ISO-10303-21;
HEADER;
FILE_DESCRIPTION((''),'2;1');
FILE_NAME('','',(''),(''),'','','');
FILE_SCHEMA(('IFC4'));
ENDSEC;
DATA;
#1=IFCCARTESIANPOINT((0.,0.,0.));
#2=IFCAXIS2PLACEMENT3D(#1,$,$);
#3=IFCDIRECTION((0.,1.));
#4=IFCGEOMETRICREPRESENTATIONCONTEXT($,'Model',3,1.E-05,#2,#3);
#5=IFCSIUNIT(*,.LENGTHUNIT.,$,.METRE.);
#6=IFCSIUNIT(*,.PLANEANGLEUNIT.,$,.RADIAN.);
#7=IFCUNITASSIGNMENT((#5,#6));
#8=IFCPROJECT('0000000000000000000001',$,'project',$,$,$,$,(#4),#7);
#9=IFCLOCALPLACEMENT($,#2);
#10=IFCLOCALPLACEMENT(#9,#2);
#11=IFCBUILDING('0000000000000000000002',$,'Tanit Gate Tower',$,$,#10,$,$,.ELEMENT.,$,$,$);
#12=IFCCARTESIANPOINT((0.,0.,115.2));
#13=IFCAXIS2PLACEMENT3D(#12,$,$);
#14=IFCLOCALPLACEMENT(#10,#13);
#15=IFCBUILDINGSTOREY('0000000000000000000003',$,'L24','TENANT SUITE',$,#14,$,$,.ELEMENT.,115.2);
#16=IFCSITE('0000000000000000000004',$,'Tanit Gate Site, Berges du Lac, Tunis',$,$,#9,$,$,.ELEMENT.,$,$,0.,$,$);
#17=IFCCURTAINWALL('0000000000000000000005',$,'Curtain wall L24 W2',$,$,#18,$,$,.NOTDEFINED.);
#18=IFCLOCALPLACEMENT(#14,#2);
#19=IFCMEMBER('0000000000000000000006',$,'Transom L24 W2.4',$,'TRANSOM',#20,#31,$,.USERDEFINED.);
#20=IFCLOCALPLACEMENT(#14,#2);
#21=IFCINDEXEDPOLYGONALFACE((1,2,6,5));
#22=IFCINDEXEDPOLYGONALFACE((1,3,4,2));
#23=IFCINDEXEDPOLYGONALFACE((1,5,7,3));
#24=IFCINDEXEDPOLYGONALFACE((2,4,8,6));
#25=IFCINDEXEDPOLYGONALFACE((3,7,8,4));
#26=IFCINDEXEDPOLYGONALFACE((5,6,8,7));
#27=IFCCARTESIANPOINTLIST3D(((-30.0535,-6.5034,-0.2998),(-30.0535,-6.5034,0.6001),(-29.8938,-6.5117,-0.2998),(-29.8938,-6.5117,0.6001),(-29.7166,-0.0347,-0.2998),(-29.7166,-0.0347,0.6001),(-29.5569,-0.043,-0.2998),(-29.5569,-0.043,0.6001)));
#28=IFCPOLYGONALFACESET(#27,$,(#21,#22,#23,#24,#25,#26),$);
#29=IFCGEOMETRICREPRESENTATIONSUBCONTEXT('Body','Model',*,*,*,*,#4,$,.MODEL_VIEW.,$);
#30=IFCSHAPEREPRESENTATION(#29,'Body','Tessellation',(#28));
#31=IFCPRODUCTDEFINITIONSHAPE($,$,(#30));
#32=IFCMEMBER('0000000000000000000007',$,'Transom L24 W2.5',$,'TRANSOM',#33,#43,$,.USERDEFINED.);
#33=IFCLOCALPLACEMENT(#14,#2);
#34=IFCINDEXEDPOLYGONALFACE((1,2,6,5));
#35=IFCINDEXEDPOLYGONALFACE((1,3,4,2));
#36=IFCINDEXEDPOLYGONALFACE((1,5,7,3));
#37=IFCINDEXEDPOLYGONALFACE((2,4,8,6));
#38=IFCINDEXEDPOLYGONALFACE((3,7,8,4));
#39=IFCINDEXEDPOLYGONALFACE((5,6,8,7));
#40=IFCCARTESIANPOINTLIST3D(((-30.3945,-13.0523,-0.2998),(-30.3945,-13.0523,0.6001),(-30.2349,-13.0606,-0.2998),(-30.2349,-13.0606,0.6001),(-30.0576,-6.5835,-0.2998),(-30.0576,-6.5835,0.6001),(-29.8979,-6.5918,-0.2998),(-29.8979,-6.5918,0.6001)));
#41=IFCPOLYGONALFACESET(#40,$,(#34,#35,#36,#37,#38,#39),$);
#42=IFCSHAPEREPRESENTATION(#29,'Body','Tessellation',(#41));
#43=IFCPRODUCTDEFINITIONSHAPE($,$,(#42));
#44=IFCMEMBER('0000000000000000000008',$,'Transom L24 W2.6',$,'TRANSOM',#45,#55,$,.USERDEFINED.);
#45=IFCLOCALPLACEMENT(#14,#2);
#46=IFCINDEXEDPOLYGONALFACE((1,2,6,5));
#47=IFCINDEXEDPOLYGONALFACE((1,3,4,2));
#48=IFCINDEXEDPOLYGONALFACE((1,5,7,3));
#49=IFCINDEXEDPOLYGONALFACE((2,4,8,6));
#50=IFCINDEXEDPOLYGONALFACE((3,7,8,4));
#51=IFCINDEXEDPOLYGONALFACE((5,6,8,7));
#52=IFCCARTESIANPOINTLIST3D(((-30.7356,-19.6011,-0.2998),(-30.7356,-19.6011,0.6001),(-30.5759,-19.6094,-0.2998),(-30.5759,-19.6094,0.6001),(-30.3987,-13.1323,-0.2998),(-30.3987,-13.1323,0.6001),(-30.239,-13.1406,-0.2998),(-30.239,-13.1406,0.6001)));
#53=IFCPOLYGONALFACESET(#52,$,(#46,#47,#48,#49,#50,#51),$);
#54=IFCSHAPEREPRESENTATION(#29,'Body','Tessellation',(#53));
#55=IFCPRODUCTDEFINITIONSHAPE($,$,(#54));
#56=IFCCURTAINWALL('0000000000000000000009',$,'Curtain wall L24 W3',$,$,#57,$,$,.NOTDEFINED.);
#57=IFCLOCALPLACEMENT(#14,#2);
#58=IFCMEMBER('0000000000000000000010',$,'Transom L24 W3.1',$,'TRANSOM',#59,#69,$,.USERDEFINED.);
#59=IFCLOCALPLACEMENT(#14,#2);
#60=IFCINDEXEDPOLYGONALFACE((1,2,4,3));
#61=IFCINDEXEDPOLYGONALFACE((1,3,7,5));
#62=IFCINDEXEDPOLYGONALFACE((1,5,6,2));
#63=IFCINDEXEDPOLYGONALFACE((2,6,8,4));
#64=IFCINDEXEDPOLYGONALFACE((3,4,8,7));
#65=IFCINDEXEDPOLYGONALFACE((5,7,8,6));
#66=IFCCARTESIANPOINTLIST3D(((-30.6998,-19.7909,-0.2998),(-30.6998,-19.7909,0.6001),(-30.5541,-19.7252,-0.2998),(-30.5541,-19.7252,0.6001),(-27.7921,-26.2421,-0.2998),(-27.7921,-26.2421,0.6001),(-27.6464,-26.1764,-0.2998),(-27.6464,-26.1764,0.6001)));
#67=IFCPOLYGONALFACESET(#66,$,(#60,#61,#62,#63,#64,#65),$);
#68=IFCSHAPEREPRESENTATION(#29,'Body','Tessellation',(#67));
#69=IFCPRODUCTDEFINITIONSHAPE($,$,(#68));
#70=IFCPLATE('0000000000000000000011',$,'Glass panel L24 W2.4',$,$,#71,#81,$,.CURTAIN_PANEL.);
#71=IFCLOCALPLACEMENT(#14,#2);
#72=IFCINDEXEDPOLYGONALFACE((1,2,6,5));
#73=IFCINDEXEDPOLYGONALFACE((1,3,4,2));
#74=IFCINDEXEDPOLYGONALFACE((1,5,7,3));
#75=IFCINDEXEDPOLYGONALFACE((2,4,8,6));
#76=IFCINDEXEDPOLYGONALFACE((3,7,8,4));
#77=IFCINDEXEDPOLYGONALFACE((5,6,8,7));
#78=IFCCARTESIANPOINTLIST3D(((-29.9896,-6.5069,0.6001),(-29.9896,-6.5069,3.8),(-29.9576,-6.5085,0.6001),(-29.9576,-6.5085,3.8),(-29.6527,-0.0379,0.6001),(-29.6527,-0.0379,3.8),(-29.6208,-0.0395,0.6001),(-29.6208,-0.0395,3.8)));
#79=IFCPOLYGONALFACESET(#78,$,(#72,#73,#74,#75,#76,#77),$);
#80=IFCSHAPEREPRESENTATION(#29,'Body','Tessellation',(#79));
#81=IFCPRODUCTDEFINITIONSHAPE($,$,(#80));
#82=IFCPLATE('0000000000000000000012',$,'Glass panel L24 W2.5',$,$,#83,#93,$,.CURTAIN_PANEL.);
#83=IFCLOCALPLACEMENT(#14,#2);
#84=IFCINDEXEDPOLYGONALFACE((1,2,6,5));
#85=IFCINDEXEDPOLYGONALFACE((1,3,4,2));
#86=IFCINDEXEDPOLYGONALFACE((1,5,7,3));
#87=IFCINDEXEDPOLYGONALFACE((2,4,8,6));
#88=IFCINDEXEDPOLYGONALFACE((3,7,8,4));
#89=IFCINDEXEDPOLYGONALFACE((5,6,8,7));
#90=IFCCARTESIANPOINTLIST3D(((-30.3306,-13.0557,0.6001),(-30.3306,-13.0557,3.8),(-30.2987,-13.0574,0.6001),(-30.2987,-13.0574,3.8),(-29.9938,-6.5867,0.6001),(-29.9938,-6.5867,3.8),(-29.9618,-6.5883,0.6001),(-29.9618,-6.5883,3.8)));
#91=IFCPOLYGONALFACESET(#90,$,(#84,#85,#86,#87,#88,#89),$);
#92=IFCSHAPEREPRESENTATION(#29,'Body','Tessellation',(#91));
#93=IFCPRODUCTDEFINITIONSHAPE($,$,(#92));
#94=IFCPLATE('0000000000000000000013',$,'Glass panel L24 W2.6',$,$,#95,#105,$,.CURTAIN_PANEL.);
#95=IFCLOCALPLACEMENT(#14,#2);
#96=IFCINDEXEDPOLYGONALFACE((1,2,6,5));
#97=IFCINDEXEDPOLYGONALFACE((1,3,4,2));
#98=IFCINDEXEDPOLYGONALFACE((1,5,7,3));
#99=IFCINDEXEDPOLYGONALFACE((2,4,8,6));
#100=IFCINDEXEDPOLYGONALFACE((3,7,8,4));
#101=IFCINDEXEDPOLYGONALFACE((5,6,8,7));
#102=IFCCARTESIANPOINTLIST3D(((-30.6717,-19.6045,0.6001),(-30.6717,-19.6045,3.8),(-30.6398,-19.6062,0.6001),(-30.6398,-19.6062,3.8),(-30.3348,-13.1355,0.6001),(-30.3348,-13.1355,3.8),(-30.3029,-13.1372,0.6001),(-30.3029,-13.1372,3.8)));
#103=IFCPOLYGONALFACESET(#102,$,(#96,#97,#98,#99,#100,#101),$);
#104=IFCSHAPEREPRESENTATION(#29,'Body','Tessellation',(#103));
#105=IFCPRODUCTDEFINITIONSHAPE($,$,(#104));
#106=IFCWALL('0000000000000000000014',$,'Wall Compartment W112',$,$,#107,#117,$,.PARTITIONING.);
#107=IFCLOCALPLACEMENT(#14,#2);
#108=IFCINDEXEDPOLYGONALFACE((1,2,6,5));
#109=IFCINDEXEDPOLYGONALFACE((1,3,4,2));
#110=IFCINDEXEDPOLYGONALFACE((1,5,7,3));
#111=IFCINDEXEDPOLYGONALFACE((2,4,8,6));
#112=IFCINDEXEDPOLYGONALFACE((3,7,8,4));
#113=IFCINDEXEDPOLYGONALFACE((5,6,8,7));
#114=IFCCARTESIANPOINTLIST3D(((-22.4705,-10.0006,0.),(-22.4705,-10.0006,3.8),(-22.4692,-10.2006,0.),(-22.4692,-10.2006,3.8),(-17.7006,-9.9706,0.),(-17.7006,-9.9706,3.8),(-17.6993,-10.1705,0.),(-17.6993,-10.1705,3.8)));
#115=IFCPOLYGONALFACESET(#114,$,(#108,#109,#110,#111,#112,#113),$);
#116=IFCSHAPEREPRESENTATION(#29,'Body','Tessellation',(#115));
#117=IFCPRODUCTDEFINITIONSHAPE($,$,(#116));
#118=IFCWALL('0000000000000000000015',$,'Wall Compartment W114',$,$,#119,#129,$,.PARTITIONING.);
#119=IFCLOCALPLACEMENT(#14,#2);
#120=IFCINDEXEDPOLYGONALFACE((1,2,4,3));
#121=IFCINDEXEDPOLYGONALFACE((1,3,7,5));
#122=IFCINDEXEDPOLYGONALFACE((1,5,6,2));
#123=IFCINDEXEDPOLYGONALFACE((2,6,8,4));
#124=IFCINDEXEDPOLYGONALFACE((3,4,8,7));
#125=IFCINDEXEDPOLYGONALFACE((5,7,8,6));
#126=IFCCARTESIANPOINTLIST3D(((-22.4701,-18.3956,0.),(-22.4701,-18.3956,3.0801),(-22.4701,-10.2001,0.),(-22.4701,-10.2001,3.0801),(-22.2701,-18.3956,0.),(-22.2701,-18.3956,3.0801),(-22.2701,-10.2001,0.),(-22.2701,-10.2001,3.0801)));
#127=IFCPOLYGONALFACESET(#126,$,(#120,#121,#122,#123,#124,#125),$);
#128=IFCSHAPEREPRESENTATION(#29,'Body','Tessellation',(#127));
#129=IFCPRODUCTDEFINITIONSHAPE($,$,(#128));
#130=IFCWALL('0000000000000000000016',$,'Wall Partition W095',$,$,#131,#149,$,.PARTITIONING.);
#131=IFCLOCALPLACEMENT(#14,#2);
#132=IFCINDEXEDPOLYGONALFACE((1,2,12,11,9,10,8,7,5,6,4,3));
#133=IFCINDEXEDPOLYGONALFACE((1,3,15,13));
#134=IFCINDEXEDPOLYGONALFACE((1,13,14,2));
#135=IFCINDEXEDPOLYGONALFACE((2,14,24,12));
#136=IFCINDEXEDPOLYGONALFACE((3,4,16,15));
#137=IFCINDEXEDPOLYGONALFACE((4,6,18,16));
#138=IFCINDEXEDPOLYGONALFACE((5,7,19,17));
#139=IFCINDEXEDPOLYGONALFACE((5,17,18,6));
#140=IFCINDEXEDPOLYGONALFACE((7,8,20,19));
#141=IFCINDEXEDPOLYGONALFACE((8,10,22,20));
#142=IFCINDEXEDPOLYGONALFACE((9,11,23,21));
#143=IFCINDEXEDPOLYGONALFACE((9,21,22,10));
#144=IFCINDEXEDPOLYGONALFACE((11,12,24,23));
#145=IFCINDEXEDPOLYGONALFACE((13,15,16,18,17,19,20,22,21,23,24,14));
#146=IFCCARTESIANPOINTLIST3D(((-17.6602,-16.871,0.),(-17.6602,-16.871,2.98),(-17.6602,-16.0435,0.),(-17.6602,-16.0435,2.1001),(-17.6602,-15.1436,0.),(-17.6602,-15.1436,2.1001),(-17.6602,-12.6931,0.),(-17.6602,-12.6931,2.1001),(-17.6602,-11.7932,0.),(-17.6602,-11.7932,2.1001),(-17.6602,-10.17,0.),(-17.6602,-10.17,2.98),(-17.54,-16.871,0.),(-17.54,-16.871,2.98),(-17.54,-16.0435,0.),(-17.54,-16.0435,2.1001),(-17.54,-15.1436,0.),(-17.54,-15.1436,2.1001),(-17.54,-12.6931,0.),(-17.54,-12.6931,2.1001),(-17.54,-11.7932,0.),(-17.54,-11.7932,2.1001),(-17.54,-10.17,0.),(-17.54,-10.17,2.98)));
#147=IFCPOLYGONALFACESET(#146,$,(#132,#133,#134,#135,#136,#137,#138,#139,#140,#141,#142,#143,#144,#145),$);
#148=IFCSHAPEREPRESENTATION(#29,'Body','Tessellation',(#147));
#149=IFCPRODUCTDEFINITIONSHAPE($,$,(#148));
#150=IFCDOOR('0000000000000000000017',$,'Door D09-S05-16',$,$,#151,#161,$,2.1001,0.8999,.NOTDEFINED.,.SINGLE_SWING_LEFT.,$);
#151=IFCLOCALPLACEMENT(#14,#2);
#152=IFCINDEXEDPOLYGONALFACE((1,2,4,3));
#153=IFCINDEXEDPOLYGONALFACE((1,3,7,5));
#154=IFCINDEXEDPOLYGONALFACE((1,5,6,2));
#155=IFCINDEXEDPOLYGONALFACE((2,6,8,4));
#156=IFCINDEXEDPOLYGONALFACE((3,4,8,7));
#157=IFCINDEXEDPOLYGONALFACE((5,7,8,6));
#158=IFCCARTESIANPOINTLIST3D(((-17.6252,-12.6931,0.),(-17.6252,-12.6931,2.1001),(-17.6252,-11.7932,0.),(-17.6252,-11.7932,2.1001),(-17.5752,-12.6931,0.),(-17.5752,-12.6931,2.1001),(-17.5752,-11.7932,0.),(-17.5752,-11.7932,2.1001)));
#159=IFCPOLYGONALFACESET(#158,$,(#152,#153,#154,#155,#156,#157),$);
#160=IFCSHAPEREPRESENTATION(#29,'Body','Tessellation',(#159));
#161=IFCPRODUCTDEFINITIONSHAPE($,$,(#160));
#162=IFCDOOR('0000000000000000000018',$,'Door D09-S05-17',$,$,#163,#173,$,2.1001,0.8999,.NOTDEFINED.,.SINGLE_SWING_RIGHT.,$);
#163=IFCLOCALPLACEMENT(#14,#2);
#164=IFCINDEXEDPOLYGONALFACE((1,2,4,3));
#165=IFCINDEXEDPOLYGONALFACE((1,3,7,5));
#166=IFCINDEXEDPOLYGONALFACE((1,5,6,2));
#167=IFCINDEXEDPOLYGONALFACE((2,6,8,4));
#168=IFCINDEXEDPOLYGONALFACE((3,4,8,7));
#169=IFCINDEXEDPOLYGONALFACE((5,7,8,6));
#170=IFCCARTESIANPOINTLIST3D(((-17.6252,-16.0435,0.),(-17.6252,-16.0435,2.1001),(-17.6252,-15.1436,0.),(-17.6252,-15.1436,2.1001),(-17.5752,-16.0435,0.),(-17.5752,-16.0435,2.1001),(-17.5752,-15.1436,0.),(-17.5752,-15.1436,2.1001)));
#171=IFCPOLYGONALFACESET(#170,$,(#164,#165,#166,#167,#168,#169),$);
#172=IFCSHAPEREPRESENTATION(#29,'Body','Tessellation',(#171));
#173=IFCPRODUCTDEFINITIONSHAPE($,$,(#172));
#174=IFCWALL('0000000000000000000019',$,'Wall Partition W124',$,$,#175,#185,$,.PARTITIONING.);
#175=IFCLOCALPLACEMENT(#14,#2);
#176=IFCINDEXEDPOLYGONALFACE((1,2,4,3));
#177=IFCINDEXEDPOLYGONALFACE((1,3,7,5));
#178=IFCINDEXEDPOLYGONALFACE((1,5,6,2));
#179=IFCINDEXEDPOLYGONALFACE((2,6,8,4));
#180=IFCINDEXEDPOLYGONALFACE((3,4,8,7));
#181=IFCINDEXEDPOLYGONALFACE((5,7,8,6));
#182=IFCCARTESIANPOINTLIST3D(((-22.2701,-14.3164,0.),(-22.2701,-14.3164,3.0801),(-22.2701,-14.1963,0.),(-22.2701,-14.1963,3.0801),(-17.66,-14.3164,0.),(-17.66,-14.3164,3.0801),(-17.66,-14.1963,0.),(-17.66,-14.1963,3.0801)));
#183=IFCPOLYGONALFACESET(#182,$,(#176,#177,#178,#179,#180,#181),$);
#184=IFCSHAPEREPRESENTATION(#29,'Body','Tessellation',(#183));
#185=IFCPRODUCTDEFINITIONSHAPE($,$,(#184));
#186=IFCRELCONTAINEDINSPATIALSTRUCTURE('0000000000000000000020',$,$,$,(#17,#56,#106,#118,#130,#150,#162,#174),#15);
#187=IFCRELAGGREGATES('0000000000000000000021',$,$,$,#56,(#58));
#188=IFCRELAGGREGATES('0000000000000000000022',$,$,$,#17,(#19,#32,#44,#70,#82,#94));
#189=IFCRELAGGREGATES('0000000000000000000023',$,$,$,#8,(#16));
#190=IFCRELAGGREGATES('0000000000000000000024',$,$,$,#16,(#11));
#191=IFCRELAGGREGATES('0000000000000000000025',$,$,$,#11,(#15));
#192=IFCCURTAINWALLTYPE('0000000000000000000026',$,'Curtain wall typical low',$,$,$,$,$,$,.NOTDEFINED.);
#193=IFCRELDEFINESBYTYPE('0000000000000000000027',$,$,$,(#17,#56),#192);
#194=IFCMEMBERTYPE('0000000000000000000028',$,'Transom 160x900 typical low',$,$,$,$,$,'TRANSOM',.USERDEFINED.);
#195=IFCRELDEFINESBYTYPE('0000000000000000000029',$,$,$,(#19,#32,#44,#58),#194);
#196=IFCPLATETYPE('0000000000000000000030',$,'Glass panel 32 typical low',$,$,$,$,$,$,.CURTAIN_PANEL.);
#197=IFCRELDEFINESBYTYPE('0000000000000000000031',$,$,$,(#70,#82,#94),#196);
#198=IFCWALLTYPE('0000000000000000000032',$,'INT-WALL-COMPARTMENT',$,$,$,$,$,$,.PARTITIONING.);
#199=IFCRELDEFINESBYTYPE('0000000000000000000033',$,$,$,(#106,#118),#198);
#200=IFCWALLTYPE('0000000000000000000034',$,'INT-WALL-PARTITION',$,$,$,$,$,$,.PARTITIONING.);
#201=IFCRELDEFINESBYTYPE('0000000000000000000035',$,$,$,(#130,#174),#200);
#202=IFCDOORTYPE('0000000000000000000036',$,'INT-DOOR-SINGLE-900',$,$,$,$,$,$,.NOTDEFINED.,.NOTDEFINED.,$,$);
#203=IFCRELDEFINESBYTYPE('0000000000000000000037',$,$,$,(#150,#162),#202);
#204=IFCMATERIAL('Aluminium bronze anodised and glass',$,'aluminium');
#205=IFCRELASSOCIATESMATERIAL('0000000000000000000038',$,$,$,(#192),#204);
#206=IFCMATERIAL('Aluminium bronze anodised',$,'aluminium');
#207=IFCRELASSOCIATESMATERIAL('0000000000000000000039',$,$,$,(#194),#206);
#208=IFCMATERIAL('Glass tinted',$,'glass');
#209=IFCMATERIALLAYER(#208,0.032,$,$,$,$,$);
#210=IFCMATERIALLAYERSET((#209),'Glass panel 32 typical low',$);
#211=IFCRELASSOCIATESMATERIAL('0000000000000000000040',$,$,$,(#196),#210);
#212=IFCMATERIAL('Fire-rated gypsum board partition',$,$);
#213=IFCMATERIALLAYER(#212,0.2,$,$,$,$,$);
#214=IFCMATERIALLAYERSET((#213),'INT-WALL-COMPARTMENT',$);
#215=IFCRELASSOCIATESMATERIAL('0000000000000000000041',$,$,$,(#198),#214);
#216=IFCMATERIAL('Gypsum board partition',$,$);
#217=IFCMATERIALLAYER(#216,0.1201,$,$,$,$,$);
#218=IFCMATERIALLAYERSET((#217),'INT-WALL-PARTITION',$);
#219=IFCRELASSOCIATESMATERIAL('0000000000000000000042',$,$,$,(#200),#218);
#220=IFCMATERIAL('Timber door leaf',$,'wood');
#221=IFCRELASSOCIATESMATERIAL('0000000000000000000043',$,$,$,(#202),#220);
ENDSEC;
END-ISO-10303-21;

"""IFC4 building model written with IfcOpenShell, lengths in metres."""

from ifc_helpers import new_model, si_unit, direction, frame, frame_2d, origin, origin_2d, place, context, subcontext, project, spatial, rectangle, extrude, material, layer, layer_set, material_profile, profile_set, type_object, element, fill, aggregate, save


model = new_model("IFC4")

# Units and contexts
model_context = context("Model", 3, precision=1e-05, world=origin(), true_north=direction((0.0, 1.0)))
body_context = subcontext(model_context, "Body", "Model", "MODEL_VIEW")
ifc_project = project(units=[si_unit("LENGTHUNIT", "METRE"), si_unit("PLANEANGLEUNIT", "RADIAN")], contexts=[model_context])

# Site, building, storey
site_placement = place(None, origin())
site = spatial("IfcSite", under=ifc_project, at=site_placement, Name="Tanit Gate Site, Berges du Lac, Tunis", CompositionType="ELEMENT", RefElevation=0.0)
building_placement = place(site_placement, origin())
building = spatial("IfcBuilding", under=site, at=building_placement, Name="Tanit Gate Tower", CompositionType="ELEMENT")
storey_placement = place(building_placement, frame((0.0, 0.0, 115.2)))
storey = spatial("IfcBuildingStorey", under=building, at=storey_placement, Name="L24", Description="TENANT SUITE", CompositionType="ELEMENT", Elevation=115.2)

# Curtain wall
ifc_material_1 = material(Name="Aluminium bronze anodised and glass", Category="aluminium")
curtain_wall_type = type_object("IfcCurtainWallType", Name="Curtain wall typical low", PredefinedType="NOTDEFINED", material=ifc_material_1)
curtain_wall_1_placement = place(storey_placement, origin())
curtain_wall_1 = element("IfcCurtainWall", 1, at=curtain_wall_1_placement, inside=storey, type_object=curtain_wall_type, Name="Curtain wall L24 W2", PredefinedType="NOTDEFINED")

# Members
ifc_material_2 = material(Name="Aluminium bronze anodised", Category="aluminium")
ifc_material_profile_1 = material_profile(ifc_material_2, rectangle(XDim=0.1599, YDim=0.8999, at=origin_2d()), Name="160x900 bronze transom")
ifc_profile_set_1 = profile_set([ifc_material_profile_1], Name="Aluminium bronze anodised")
member_type_1 = type_object("IfcMemberType", Name="Transom 160x900 typical low", ElementType="TRANSOM", PredefinedType="USERDEFINED", material=ifc_profile_set_1)
member_1_placement = place(storey_placement, frame((-29.6367, -0.0388, 0.1501), z_axis=(-0.052013, -0.998646, 0.0), x_axis=(0.998646, -0.052013, 0.0)))
member_1 = element("IfcMember", 2, at=member_1_placement, type_object=member_type_1, Name="Transom L24 W2.4", ObjectType="TRANSOM", PredefinedType="USERDEFINED", context=body_context, shape_type="SweptSolid", body=[
    extrude(rectangle(XDim=0.1599, YDim=0.8999, at=origin_2d()), origin(), (0.0, 0.0, 1.0), 6.4775),
])
member_2_placement = place(storey_placement, frame((-29.9778, -6.5876, 0.1501), z_axis=(-0.052013, -0.998646, 0.0), x_axis=(0.998646, -0.052013, 0.0)))
member_2 = element("IfcMember", 3, at=member_2_placement, type_object=member_type_1, Name="Transom L24 W2.5", ObjectType="TRANSOM", PredefinedType="USERDEFINED", context=body_context, shape_type="SweptSolid", body=[
    extrude(rectangle(XDim=0.1599, YDim=0.8999, at=origin_2d()), origin(), (0.0, 0.0, 1.0), 6.4775),
])
member_3_placement = place(storey_placement, frame((-30.3188, -13.1365, 0.1501), z_axis=(-0.052013, -0.998646, 0.0), x_axis=(0.998646, -0.052013, 0.0)))
member_3 = element("IfcMember", 4, at=member_3_placement, type_object=member_type_1, Name="Transom L24 W2.6", ObjectType="TRANSOM", PredefinedType="USERDEFINED", context=body_context, shape_type="SweptSolid", body=[
    extrude(rectangle(XDim=0.1599, YDim=0.8999, at=origin_2d()), origin(), (0.0, 0.0, 1.0), 6.4775),
])

# Curtain wall, member
curtain_wall_2_placement = place(storey_placement, origin())
curtain_wall_2 = element("IfcCurtainWall", 5, at=curtain_wall_2_placement, inside=storey, type_object=curtain_wall_type, Name="Curtain wall L24 W3", PredefinedType="NOTDEFINED")
member_4_placement = place(storey_placement, frame((-30.627, -19.7581, 0.1501), z_axis=(0.410915, -0.911673, 0.0), x_axis=(0.911673, 0.410915, 0.0)))
member_4 = element("IfcMember", 6, at=member_4_placement, type_object=member_type_1, Name="Transom L24 W3.1", ObjectType="TRANSOM", PredefinedType="USERDEFINED", context=body_context, shape_type="SweptSolid", body=[
    extrude(rectangle(XDim=0.1599, YDim=0.8999, at=origin_2d()), origin(), (0.0, 0.0, 1.0), 7.0762),
])
aggregate(curtain_wall_2, [member_4])

# Plates
ifc_material_3 = material(Name="Glass tinted", Category="glass")
ifc_layer_1 = layer(ifc_material_3, 0.032)
ifc_layer_set_1 = layer_set([ifc_layer_1], Name="Glass panel 32 typical low")
plate_type = type_object("IfcPlateType", Name="Glass panel 32 typical low", PredefinedType="CURTAIN_PANEL", material=ifc_layer_set_1)
plate_1_placement = place(storey_placement, frame((-29.8052, -3.2732, 0.6001), z_axis=(0.0, 0.0, 1.0), x_axis=(-0.052003, -0.998647, 0.0)))
plate_1 = element("IfcPlate", 7, at=plate_1_placement, type_object=plate_type, Name="Glass panel L24 W2.4", PredefinedType="CURTAIN_PANEL", context=body_context, shape_type="SweptSolid", body=[
    extrude(rectangle(XDim=6.4778, YDim=0.032, at=origin_2d()), origin(), (0.0, 0.0, 1.0), 3.2),
])
plate_2_placement = place(storey_placement, frame((-30.1462, -9.822, 0.6001), z_axis=(0.0, 0.0, 1.0), x_axis=(-0.052003, -0.998647, 0.0)))
plate_2 = element("IfcPlate", 8, at=plate_2_placement, type_object=plate_type, Name="Glass panel L24 W2.5", PredefinedType="CURTAIN_PANEL", context=body_context, shape_type="SweptSolid", body=[
    extrude(rectangle(XDim=6.4778, YDim=0.032, at=origin_2d()), origin(), (0.0, 0.0, 1.0), 3.2),
])
plate_3_placement = place(storey_placement, frame((-30.4873, -16.3708, 0.6001), z_axis=(0.0, 0.0, 1.0), x_axis=(-0.052003, -0.998647, 0.0)))
plate_3 = element("IfcPlate", 9, at=plate_3_placement, type_object=plate_type, Name="Glass panel L24 W2.6", PredefinedType="CURTAIN_PANEL", context=body_context, shape_type="SweptSolid", body=[
    extrude(rectangle(XDim=6.4778, YDim=0.032, at=origin_2d()), origin(), (0.0, 0.0, 1.0), 3.2),
])
aggregate(curtain_wall_1, [member_1, member_2, member_3, plate_1, plate_2, plate_3])

# Walls
ifc_material_4 = material(Name="Fire-rated gypsum board partition")
ifc_layer_2 = layer(ifc_material_4, 0.2)
ifc_layer_set_2 = layer_set([ifc_layer_2], Name="INT-WALL-COMPARTMENT")
wall_type_1 = type_object("IfcWallType", Name="INT-WALL-COMPARTMENT", PredefinedType="PARTITIONING", material=ifc_layer_set_2)
wall_1_placement = place(storey_placement, frame((-17.7, -10.0706, 0.0), z_axis=(0.0, 0.0, 1.0), x_axis=(-0.99998, -0.006295, 0.0)))
element("IfcWall", 10, at=wall_1_placement, inside=storey, type_object=wall_type_1, Name="Wall Compartment W112", PredefinedType="PARTITIONING", context=body_context, shape_type="SweptSolid", body=[
    extrude(rectangle(XDim=4.77, YDim=0.2, at=frame_2d((2.385, 0.0))), origin(), (0.0, 0.0, 1.0), 3.8),
])
wall_2_placement = place(storey_placement, frame((-22.3701, -18.3955, 0.0), z_axis=(0.0, 0.0, 1.0), x_axis=(0.0, 1.0, 0.0)))
element("IfcWall", 11, at=wall_2_placement, inside=storey, type_object=wall_type_1, Name="Wall Compartment W114", PredefinedType="PARTITIONING", context=body_context, shape_type="SweptSolid", body=[
    extrude(rectangle(XDim=8.1956, YDim=0.2, at=frame_2d((4.0977, 0.0))), origin(), (0.0, 0.0, 1.0), 3.0801),
])

# Wall, openings, doors
ifc_material_5 = material(Name="Gypsum board partition")
ifc_layer_3 = layer(ifc_material_5, 0.1201)
ifc_layer_set_3 = layer_set([ifc_layer_3], Name="INT-WALL-PARTITION")
wall_type_2 = type_object("IfcWallType", Name="INT-WALL-PARTITION", PredefinedType="PARTITIONING", material=ifc_layer_set_3)
wall_3_placement = place(storey_placement, frame((-17.6001, -10.1699, 0.0), z_axis=(0.0, 0.0, 1.0), x_axis=(0.0, -1.0, 0.0)))
wall_3 = element("IfcWall", 12, at=wall_3_placement, inside=storey, type_object=wall_type_2, Name="Wall Partition W095", PredefinedType="PARTITIONING", context=body_context, shape_type="SweptSolid", body=[
    extrude(rectangle(XDim=6.7009, YDim=0.1201, at=frame_2d((3.3506, 0.0))), origin(), (0.0, 0.0, 1.0), 2.98),
])
opening_1_placement = place(wall_3_placement, frame((1.6233, 0.0, 0.0)))
opening_1 = element("IfcOpeningElement", 13, at=opening_1_placement, cuts=wall_3, PredefinedType="OPENING", context=body_context, shape_type="SweptSolid", body=[
    extrude(rectangle(XDim=0.8999, YDim=2.1001, at=frame_2d((0.45, 1.05))), frame((0.0, 0.0701, 0.0), z_axis=(0.0, -1.0, 0.0), x_axis=(1.0, 0.0, 0.0)), (0.0, 0.0, 1.0), 0.1401),
])
opening_2_placement = place(wall_3_placement, frame((4.9736, 0.0, 0.0)))
opening_2 = element("IfcOpeningElement", 14, at=opening_2_placement, cuts=wall_3, PredefinedType="OPENING", context=body_context, shape_type="SweptSolid", body=[
    extrude(rectangle(XDim=0.8999, YDim=2.1001, at=frame_2d((0.45, 1.05))), frame((0.0, 0.0701, 0.0), z_axis=(0.0, -1.0, 0.0), x_axis=(1.0, 0.0, 0.0)), (0.0, 0.0, 1.0), 0.1401),
])
ifc_material_6 = material(Name="Timber door leaf", Category="wood")
door_type = type_object("IfcDoorType", Name="INT-DOOR-SINGLE-900", OperationType="NOTDEFINED", PredefinedType="NOTDEFINED", material=ifc_material_6)
door_1_placement = place(opening_1_placement, origin())
door_1 = element("IfcDoor", 15, at=door_1_placement, inside=storey, type_object=door_type, Name="Door D09-S05-16", OperationType="SINGLE_SWING_LEFT", OverallHeight=2.1001, OverallWidth=0.8999, PredefinedType="NOTDEFINED", context=body_context, shape_type="SweptSolid", body=[
    extrude(rectangle(XDim=0.8999, YDim=2.1001, at=frame_2d((0.45, 1.05))), frame((0.0, 0.0249, 0.0), z_axis=(0.0, -1.0, 0.0), x_axis=(1.0, 0.0, 0.0)), (0.0, 0.0, 1.0), 0.05),
])
fill(opening_1, door_1)
door_2_placement = place(opening_2_placement, origin())
door_2 = element("IfcDoor", 16, at=door_2_placement, inside=storey, type_object=door_type, Name="Door D09-S05-17", OperationType="SINGLE_SWING_RIGHT", OverallHeight=2.1001, OverallWidth=0.8999, PredefinedType="NOTDEFINED", context=body_context, shape_type="SweptSolid", body=[
    extrude(rectangle(XDim=0.8999, YDim=2.1001, at=frame_2d((0.45, 1.05))), frame((0.0, 0.0249, 0.0), z_axis=(0.0, -1.0, 0.0), x_axis=(1.0, 0.0, 0.0)), (0.0, 0.0, 1.0), 0.05),
])
fill(opening_2, door_2)

# Wall
wall_4_placement = place(storey_placement, frame((-17.6599, -14.2563, 0.0), z_axis=(0.0, 0.0, 1.0), x_axis=(-1.0, 0.0, 0.0)))
element("IfcWall", 17, at=wall_4_placement, inside=storey, type_object=wall_type_2, Name="Wall Partition W124", PredefinedType="PARTITIONING", context=body_context, shape_type="SweptSolid", body=[
    extrude(rectangle(XDim=4.6101, YDim=0.1201, at=frame_2d((2.3052, 0.0))), origin(), (0.0, 0.0, 1.0), 3.0801),
])

save(model, "model.ifc")
